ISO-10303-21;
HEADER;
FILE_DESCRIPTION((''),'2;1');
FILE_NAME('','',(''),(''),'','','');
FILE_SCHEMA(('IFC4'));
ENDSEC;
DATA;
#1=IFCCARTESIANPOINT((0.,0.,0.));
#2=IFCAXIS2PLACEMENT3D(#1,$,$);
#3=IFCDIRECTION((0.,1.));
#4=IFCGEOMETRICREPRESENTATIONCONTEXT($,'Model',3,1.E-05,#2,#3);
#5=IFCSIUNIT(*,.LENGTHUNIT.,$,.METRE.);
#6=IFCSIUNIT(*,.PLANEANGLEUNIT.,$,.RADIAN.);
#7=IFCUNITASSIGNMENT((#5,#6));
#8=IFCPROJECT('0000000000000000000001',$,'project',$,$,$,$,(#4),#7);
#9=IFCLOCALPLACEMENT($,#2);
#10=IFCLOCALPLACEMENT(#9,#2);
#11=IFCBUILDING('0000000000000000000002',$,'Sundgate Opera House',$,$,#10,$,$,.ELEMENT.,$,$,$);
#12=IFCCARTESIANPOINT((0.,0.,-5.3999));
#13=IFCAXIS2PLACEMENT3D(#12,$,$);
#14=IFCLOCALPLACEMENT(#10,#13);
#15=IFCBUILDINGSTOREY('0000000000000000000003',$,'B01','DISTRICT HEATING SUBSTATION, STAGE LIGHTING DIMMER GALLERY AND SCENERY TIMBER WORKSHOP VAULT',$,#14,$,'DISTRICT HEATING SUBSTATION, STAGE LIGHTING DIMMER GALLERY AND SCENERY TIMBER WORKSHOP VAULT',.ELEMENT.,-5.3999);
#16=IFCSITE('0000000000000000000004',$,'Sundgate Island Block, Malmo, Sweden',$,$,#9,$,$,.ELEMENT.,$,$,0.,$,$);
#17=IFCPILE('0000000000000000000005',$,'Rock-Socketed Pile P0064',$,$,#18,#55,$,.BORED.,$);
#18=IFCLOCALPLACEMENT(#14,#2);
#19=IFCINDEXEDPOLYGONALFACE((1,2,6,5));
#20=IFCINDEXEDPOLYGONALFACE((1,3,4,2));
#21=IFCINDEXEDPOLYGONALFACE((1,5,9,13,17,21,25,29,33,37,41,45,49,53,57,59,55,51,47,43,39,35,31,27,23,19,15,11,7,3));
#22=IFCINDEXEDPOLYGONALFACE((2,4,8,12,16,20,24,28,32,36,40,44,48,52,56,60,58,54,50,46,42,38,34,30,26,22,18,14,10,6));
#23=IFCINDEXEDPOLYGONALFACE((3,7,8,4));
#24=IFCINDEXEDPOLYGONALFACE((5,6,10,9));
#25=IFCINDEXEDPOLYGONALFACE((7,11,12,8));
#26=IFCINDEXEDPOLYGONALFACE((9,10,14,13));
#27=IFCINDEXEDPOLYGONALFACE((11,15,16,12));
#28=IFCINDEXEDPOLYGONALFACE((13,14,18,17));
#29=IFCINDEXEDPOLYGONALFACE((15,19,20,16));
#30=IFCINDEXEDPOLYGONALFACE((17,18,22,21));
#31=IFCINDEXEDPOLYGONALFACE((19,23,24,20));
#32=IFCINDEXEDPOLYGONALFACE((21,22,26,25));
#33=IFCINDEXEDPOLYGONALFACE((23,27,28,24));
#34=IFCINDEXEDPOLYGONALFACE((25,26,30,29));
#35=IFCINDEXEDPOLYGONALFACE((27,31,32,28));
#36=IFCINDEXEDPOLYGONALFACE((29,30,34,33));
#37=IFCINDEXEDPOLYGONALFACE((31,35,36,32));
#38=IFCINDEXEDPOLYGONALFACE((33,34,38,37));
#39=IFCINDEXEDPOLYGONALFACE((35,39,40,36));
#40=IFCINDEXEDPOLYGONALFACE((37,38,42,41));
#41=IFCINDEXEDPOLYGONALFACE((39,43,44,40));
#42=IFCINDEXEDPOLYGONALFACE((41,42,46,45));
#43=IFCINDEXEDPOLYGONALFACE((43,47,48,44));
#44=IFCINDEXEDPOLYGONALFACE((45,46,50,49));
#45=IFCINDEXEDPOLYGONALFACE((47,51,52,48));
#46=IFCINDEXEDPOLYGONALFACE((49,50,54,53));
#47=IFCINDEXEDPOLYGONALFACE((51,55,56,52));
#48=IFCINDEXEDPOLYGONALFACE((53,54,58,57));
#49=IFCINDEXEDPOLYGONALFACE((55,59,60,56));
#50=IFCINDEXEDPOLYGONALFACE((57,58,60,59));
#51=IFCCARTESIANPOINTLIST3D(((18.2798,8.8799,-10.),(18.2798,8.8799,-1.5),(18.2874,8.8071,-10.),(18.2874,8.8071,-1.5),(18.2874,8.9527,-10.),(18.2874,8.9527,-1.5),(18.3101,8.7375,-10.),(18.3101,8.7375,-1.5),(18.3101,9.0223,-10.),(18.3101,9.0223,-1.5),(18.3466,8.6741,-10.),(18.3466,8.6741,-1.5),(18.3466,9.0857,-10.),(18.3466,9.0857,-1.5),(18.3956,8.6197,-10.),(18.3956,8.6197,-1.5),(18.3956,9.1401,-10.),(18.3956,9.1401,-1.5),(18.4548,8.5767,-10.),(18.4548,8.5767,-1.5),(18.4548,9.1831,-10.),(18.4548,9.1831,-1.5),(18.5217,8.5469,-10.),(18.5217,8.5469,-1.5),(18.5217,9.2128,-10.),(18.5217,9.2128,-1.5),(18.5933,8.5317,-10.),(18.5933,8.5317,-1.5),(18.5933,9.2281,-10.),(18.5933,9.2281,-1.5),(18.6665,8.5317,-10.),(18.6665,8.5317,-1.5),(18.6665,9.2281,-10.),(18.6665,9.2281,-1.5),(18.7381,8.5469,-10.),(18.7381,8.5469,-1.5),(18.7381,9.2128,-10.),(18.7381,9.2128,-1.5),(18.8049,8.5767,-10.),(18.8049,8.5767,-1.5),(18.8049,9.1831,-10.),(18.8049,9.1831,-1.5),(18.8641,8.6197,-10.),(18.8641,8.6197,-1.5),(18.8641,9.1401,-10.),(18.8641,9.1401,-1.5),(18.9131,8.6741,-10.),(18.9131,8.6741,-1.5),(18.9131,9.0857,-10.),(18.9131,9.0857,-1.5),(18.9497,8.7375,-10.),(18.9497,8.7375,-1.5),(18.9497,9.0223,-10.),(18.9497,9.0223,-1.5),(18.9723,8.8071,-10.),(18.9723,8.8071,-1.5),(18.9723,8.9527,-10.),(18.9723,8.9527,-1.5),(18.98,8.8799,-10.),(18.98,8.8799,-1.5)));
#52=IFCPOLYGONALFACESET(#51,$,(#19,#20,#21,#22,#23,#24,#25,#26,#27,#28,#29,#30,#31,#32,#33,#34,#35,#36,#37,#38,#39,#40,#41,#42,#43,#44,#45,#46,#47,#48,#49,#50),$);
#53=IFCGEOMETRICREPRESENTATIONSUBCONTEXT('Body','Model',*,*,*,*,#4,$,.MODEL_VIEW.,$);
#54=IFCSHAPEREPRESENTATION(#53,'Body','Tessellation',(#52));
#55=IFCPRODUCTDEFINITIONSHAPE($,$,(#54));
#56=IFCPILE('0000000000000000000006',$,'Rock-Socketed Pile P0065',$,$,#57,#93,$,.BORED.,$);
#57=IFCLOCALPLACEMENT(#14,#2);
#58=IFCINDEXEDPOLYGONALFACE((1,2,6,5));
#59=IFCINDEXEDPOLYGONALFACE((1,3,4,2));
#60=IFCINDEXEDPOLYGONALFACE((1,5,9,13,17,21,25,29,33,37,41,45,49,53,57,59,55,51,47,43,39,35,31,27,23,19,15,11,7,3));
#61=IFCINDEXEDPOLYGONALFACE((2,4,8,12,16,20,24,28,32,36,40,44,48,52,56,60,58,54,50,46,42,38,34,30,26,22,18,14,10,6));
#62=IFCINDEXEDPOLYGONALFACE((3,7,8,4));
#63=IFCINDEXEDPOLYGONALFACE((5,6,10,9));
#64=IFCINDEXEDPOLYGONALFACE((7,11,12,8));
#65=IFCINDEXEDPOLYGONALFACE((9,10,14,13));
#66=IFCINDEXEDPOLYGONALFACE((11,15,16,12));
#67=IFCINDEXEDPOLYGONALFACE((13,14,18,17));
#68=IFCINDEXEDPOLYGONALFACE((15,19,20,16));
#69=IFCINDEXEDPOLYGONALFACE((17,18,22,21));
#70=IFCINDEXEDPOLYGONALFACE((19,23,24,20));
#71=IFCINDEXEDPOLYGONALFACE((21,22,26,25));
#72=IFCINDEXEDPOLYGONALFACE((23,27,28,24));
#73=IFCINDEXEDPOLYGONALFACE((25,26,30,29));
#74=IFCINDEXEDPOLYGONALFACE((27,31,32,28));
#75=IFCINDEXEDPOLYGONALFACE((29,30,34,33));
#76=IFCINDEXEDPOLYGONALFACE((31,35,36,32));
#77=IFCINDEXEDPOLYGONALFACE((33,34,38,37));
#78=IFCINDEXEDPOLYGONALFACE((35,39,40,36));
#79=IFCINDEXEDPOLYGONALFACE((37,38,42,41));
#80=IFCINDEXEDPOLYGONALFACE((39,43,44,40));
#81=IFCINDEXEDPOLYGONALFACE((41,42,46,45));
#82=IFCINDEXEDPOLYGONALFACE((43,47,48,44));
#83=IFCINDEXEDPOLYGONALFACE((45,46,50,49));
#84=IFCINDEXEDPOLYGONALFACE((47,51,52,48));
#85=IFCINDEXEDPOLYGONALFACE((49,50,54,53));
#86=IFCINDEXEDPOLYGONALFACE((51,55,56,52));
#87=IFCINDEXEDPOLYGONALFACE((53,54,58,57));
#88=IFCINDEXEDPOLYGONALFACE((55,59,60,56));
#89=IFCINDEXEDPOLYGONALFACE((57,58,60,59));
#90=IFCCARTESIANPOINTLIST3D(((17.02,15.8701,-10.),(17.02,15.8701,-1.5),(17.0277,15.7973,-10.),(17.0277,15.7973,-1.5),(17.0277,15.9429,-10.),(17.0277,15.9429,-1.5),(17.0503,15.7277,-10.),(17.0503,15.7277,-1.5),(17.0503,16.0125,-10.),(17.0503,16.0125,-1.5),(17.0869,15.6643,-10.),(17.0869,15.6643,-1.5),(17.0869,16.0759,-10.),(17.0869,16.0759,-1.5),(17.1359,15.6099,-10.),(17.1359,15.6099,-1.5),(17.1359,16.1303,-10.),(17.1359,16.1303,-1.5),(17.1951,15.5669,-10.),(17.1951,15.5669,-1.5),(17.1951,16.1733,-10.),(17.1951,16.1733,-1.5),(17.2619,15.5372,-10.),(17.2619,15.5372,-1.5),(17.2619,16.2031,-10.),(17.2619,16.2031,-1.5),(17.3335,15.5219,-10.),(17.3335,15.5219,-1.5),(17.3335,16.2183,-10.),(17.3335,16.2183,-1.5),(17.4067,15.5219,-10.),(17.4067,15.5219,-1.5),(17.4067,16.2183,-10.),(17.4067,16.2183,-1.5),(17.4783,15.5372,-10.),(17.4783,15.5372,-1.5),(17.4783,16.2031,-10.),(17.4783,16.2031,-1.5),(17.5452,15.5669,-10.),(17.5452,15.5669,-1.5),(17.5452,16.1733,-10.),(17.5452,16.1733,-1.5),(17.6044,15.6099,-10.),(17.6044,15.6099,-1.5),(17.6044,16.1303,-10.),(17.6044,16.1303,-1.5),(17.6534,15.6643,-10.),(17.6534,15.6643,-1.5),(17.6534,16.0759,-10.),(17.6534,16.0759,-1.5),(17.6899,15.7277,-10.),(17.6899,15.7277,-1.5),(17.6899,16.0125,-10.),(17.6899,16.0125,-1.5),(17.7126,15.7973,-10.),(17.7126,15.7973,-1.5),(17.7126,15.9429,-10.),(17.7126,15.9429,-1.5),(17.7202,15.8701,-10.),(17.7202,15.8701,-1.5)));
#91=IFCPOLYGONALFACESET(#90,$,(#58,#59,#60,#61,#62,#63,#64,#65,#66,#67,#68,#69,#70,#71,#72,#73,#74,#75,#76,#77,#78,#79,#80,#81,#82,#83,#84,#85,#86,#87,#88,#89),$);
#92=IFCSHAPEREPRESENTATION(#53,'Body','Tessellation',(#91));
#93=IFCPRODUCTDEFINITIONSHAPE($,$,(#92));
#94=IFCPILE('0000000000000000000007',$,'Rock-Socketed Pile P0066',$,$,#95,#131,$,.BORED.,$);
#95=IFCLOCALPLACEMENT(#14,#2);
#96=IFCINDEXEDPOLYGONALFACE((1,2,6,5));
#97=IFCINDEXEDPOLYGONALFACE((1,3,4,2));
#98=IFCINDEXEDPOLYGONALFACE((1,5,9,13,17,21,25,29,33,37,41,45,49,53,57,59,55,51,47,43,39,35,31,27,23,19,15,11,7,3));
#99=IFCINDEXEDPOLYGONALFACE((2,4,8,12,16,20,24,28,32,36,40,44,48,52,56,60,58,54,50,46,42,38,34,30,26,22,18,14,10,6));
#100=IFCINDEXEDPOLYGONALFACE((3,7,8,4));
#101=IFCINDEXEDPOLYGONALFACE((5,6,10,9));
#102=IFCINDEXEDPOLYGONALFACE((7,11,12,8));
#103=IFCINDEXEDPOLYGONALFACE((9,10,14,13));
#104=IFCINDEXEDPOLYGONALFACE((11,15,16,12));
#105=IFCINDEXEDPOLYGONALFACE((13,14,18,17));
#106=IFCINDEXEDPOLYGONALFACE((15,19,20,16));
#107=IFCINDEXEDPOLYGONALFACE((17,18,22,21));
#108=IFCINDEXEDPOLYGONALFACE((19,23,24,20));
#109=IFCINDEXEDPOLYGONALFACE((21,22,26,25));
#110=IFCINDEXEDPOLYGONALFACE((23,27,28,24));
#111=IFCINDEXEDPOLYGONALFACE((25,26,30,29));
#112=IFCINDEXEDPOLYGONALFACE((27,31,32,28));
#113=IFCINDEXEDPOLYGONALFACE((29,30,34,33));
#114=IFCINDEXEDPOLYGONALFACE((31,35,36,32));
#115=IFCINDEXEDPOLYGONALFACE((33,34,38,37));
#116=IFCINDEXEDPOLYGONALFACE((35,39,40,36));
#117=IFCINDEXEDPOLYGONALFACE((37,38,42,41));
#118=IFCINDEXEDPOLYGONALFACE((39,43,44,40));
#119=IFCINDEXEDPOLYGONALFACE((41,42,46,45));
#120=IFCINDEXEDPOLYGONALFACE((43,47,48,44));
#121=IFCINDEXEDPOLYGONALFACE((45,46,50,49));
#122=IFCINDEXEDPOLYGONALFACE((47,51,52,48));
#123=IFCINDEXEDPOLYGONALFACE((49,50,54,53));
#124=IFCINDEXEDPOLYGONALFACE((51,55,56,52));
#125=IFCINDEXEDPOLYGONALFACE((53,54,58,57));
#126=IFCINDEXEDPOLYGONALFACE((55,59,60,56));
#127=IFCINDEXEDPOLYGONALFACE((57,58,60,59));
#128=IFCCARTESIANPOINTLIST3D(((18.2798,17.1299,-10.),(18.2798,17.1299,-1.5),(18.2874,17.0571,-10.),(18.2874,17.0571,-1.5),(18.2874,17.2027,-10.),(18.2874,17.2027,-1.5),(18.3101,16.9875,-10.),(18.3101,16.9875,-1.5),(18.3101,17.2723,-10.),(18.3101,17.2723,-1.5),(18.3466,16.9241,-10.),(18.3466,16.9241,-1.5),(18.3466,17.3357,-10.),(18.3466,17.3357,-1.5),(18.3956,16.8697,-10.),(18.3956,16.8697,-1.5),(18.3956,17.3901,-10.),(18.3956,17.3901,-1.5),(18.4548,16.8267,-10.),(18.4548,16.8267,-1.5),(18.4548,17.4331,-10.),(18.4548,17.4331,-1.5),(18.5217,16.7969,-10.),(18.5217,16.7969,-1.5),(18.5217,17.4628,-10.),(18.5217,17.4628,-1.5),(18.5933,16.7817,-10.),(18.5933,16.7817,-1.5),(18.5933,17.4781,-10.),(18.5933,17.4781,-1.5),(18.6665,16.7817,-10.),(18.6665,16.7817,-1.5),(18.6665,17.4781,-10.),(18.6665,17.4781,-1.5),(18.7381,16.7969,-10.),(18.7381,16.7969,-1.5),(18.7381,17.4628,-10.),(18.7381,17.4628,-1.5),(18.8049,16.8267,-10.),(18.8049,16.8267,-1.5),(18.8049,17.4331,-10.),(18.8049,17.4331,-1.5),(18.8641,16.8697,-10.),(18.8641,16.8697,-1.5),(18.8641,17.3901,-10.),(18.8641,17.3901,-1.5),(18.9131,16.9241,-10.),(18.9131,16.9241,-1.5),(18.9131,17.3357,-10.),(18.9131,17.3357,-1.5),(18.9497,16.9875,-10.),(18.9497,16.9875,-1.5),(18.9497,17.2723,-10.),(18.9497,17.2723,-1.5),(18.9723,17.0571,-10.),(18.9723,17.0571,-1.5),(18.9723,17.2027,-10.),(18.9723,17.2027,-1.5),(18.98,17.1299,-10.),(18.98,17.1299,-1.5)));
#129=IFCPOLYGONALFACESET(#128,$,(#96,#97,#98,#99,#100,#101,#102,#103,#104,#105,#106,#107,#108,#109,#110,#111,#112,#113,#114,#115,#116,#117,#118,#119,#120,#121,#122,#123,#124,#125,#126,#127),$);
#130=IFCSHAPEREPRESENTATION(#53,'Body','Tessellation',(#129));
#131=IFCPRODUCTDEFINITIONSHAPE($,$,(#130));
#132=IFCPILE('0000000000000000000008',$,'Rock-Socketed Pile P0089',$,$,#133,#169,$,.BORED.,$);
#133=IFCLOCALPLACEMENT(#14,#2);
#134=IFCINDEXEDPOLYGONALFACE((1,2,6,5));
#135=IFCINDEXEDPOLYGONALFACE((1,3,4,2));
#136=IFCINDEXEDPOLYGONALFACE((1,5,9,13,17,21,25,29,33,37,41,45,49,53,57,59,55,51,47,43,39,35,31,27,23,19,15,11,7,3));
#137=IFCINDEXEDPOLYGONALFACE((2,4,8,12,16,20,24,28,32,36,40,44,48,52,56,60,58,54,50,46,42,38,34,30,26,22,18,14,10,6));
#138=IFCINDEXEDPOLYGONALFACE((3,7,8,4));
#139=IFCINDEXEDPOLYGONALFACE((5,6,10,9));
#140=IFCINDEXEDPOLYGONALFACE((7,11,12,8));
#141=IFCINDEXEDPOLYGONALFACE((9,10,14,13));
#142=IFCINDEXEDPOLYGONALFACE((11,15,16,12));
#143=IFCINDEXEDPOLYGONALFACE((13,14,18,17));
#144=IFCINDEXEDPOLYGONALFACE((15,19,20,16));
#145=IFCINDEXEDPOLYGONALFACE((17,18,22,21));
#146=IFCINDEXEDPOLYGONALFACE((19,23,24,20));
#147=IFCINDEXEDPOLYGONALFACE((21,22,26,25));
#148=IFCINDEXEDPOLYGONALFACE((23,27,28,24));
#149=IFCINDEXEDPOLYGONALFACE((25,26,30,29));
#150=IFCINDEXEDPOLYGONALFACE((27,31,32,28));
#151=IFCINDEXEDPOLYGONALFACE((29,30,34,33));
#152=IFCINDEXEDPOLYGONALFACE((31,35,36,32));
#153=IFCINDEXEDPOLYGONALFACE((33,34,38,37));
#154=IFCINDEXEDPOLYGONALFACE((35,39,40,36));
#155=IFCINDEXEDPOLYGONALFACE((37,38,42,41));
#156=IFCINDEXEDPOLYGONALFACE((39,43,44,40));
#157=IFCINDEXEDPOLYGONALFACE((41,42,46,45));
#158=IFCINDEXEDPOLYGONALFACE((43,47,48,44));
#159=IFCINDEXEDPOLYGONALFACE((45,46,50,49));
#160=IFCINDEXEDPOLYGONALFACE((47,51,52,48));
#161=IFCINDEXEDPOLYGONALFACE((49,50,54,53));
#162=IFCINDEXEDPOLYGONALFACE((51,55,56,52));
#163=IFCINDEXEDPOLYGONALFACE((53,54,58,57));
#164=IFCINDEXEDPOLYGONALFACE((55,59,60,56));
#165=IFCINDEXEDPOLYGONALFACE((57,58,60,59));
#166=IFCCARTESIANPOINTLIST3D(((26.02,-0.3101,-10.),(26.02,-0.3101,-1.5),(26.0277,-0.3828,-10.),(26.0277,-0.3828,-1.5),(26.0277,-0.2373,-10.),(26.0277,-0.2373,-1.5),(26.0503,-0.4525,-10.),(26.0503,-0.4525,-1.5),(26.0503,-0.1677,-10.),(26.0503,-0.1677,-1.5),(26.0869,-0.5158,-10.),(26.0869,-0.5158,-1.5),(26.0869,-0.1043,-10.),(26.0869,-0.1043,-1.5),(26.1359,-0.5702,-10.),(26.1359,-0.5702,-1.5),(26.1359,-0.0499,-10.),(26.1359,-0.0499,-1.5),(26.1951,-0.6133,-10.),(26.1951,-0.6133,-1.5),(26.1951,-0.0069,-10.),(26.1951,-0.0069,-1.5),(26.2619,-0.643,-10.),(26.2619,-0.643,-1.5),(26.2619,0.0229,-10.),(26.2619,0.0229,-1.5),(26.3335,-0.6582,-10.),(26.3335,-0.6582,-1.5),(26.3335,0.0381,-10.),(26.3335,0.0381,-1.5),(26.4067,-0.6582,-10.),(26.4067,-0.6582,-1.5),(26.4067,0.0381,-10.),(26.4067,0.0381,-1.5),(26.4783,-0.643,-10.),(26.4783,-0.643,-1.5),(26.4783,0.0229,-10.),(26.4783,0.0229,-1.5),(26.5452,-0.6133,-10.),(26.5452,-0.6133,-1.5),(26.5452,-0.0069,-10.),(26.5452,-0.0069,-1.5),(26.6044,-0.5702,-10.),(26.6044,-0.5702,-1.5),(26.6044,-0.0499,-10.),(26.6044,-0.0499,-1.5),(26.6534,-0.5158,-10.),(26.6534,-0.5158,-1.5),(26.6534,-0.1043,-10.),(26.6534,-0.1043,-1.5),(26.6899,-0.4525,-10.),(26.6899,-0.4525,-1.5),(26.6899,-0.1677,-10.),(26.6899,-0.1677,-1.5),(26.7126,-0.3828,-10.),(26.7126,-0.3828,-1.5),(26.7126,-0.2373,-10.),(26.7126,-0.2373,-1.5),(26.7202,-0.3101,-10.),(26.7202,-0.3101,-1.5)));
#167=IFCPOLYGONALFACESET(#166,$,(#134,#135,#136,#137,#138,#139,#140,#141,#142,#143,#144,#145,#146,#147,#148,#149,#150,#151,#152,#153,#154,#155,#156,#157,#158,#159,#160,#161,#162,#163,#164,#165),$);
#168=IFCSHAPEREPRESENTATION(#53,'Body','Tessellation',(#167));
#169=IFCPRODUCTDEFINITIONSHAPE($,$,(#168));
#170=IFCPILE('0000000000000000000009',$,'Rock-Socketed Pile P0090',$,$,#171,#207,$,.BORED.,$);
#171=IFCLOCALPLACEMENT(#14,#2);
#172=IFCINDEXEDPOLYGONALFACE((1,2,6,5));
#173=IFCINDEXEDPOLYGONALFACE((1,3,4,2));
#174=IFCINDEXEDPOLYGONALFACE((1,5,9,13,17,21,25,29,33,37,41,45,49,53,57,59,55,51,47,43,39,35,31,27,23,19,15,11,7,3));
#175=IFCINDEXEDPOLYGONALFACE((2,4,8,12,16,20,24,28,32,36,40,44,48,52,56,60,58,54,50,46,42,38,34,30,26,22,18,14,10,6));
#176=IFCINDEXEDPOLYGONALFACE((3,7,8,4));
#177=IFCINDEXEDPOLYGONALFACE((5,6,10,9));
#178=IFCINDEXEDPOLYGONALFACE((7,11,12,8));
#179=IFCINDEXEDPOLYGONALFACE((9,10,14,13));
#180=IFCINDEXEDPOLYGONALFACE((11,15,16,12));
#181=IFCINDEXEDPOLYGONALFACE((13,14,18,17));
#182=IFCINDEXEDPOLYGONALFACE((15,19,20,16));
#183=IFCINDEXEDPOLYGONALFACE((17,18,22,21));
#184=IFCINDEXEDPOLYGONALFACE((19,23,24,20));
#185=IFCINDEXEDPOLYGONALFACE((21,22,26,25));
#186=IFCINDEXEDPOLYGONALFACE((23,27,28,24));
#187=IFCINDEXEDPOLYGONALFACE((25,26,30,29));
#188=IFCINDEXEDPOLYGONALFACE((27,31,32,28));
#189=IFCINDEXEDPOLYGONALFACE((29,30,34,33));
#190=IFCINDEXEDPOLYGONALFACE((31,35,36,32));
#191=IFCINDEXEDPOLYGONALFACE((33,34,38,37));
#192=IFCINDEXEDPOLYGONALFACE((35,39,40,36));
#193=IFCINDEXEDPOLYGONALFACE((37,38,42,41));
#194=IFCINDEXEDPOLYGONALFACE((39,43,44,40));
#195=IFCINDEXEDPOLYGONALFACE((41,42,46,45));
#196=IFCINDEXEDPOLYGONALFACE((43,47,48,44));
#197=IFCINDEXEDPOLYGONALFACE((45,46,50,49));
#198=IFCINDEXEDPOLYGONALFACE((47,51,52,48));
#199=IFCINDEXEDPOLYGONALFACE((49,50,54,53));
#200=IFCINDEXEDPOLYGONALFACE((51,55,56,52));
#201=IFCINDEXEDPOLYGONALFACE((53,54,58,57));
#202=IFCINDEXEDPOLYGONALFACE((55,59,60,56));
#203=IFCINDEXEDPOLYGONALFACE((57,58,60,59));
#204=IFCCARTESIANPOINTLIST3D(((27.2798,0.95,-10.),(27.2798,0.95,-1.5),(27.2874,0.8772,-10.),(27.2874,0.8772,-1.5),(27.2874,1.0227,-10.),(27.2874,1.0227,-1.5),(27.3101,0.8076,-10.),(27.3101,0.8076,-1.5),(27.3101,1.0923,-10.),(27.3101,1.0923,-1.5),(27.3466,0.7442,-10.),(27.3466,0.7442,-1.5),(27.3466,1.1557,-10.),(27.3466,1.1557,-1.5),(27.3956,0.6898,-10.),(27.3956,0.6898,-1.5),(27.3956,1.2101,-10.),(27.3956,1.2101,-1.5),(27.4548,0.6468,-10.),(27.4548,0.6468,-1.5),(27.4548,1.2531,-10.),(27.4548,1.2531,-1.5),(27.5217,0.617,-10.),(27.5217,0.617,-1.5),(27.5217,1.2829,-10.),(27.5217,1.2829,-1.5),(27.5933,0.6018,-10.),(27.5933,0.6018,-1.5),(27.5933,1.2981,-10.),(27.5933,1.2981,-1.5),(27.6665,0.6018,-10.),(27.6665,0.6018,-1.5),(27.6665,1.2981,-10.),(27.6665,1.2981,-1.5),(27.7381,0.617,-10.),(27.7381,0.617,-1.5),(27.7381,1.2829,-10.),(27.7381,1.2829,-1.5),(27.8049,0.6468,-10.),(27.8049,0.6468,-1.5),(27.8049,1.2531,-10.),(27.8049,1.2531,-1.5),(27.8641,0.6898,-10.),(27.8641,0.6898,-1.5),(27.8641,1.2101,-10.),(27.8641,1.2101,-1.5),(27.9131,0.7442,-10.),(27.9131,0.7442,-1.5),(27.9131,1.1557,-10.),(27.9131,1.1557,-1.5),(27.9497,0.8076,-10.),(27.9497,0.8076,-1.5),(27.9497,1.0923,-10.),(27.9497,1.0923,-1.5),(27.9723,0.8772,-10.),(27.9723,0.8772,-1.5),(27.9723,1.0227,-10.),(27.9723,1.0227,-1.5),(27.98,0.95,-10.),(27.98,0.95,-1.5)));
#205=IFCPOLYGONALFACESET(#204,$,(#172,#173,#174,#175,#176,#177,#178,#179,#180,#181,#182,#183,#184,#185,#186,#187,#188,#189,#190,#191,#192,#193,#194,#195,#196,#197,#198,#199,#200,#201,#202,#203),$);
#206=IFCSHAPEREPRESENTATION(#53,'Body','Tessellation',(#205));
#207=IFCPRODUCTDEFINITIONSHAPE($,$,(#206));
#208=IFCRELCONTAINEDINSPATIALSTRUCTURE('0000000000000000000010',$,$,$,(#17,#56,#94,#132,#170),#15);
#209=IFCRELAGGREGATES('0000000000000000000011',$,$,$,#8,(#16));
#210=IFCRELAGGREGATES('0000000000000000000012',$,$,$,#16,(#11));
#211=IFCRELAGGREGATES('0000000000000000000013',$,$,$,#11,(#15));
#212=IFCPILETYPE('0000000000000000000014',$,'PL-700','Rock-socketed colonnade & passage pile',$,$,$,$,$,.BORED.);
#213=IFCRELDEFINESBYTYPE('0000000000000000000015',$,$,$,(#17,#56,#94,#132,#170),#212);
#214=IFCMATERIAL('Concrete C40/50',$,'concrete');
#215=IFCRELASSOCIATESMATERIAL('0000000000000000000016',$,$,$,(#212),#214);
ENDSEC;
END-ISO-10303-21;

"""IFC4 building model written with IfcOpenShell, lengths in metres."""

from ifc_helpers import new_model, si_unit, direction, frame, origin, origin_2d, place, context, subcontext, project, spatial, circle, extrude, material, material_profile, profile_set, type_object, element, save


model = new_model("IFC4")

# Units and contexts
model_context = context("Model", 3, precision=1e-05, world=origin(), true_north=direction((0.0, 1.0)))
body_context = subcontext(model_context, "Body", "Model", "MODEL_VIEW")
ifc_project = project(units=[si_unit("LENGTHUNIT", "METRE"), si_unit("PLANEANGLEUNIT", "RADIAN")], contexts=[model_context])

# Site, building, storey
site_placement = place(None, origin())
site = spatial("IfcSite", under=ifc_project, at=site_placement, Name="Sundgate Island Block, Malmo, Sweden", CompositionType="ELEMENT", RefElevation=0.0)
building_placement = place(site_placement, origin())
building = spatial("IfcBuilding", under=site, at=building_placement, Name="Sundgate Opera House", CompositionType="ELEMENT")
storey_placement = place(building_placement, frame((0.0, 0.0, -5.3999)))
storey = spatial("IfcBuildingStorey", under=building, at=storey_placement, Name="B01", Description="DISTRICT HEATING SUBSTATION, STAGE LIGHTING DIMMER GALLERY AND SCENERY TIMBER WORKSHOP VAULT", LongName="DISTRICT HEATING SUBSTATION, STAGE LIGHTING DIMMER GALLERY AND SCENERY TIMBER WORKSHOP VAULT", CompositionType="ELEMENT", Elevation=-5.3999)

# Piles
ifc_material_1 = material(Name="Concrete C40/50", Category="concrete")
ifc_material_profile_1 = material_profile(ifc_material_1, circle(Radius=0.3501, at=origin_2d()), Name="PILE D700")
ifc_profile_set_1 = profile_set([ifc_material_profile_1], Name="Concrete C40/50")
pile_type = type_object("IfcPileType", Name="PL-700", Description="Rock-socketed colonnade & passage pile", PredefinedType="BORED", material=ifc_profile_set_1)
for number, where, z_axis, x_axis, name in (
    (1, (18.6299, 8.8799, -1.5), (0.0, 0.0, -1.0), (1.0, 0.0, 0.0), "Rock-Socketed Pile P0064"),
    (2, (17.3701, 15.8701, -1.5), (0.0, 0.0, -1.0), (1.0, 0.0, 0.0), "Rock-Socketed Pile P0065"),
    (3, (18.6299, 17.1299, -1.5), (0.0, 0.0, -1.0), (1.0, 0.0, 0.0), "Rock-Socketed Pile P0066"),
    (4, (26.3701, -0.3101, -1.5), (0.0, 0.0, -1.0), (1.0, 0.0, 0.0), "Rock-Socketed Pile P0089"),
    (5, (27.6299, 0.95, -1.5), (0.0, 0.0, -1.0), (1.0, 0.0, 0.0), "Rock-Socketed Pile P0090"),
):
    element("IfcPile", number, at=place(storey_placement, frame(where, z_axis=z_axis, x_axis=x_axis)), inside=storey, type_object=pile_type, Name=name, PredefinedType="BORED", context=body_context, shape_type="SweptSolid", body=[
        extrude(circle(Radius=0.3501, at=origin_2d()), origin(), (0.0, 0.0, 1.0), 8.5),
    ])

save(model, "model.ifc")
